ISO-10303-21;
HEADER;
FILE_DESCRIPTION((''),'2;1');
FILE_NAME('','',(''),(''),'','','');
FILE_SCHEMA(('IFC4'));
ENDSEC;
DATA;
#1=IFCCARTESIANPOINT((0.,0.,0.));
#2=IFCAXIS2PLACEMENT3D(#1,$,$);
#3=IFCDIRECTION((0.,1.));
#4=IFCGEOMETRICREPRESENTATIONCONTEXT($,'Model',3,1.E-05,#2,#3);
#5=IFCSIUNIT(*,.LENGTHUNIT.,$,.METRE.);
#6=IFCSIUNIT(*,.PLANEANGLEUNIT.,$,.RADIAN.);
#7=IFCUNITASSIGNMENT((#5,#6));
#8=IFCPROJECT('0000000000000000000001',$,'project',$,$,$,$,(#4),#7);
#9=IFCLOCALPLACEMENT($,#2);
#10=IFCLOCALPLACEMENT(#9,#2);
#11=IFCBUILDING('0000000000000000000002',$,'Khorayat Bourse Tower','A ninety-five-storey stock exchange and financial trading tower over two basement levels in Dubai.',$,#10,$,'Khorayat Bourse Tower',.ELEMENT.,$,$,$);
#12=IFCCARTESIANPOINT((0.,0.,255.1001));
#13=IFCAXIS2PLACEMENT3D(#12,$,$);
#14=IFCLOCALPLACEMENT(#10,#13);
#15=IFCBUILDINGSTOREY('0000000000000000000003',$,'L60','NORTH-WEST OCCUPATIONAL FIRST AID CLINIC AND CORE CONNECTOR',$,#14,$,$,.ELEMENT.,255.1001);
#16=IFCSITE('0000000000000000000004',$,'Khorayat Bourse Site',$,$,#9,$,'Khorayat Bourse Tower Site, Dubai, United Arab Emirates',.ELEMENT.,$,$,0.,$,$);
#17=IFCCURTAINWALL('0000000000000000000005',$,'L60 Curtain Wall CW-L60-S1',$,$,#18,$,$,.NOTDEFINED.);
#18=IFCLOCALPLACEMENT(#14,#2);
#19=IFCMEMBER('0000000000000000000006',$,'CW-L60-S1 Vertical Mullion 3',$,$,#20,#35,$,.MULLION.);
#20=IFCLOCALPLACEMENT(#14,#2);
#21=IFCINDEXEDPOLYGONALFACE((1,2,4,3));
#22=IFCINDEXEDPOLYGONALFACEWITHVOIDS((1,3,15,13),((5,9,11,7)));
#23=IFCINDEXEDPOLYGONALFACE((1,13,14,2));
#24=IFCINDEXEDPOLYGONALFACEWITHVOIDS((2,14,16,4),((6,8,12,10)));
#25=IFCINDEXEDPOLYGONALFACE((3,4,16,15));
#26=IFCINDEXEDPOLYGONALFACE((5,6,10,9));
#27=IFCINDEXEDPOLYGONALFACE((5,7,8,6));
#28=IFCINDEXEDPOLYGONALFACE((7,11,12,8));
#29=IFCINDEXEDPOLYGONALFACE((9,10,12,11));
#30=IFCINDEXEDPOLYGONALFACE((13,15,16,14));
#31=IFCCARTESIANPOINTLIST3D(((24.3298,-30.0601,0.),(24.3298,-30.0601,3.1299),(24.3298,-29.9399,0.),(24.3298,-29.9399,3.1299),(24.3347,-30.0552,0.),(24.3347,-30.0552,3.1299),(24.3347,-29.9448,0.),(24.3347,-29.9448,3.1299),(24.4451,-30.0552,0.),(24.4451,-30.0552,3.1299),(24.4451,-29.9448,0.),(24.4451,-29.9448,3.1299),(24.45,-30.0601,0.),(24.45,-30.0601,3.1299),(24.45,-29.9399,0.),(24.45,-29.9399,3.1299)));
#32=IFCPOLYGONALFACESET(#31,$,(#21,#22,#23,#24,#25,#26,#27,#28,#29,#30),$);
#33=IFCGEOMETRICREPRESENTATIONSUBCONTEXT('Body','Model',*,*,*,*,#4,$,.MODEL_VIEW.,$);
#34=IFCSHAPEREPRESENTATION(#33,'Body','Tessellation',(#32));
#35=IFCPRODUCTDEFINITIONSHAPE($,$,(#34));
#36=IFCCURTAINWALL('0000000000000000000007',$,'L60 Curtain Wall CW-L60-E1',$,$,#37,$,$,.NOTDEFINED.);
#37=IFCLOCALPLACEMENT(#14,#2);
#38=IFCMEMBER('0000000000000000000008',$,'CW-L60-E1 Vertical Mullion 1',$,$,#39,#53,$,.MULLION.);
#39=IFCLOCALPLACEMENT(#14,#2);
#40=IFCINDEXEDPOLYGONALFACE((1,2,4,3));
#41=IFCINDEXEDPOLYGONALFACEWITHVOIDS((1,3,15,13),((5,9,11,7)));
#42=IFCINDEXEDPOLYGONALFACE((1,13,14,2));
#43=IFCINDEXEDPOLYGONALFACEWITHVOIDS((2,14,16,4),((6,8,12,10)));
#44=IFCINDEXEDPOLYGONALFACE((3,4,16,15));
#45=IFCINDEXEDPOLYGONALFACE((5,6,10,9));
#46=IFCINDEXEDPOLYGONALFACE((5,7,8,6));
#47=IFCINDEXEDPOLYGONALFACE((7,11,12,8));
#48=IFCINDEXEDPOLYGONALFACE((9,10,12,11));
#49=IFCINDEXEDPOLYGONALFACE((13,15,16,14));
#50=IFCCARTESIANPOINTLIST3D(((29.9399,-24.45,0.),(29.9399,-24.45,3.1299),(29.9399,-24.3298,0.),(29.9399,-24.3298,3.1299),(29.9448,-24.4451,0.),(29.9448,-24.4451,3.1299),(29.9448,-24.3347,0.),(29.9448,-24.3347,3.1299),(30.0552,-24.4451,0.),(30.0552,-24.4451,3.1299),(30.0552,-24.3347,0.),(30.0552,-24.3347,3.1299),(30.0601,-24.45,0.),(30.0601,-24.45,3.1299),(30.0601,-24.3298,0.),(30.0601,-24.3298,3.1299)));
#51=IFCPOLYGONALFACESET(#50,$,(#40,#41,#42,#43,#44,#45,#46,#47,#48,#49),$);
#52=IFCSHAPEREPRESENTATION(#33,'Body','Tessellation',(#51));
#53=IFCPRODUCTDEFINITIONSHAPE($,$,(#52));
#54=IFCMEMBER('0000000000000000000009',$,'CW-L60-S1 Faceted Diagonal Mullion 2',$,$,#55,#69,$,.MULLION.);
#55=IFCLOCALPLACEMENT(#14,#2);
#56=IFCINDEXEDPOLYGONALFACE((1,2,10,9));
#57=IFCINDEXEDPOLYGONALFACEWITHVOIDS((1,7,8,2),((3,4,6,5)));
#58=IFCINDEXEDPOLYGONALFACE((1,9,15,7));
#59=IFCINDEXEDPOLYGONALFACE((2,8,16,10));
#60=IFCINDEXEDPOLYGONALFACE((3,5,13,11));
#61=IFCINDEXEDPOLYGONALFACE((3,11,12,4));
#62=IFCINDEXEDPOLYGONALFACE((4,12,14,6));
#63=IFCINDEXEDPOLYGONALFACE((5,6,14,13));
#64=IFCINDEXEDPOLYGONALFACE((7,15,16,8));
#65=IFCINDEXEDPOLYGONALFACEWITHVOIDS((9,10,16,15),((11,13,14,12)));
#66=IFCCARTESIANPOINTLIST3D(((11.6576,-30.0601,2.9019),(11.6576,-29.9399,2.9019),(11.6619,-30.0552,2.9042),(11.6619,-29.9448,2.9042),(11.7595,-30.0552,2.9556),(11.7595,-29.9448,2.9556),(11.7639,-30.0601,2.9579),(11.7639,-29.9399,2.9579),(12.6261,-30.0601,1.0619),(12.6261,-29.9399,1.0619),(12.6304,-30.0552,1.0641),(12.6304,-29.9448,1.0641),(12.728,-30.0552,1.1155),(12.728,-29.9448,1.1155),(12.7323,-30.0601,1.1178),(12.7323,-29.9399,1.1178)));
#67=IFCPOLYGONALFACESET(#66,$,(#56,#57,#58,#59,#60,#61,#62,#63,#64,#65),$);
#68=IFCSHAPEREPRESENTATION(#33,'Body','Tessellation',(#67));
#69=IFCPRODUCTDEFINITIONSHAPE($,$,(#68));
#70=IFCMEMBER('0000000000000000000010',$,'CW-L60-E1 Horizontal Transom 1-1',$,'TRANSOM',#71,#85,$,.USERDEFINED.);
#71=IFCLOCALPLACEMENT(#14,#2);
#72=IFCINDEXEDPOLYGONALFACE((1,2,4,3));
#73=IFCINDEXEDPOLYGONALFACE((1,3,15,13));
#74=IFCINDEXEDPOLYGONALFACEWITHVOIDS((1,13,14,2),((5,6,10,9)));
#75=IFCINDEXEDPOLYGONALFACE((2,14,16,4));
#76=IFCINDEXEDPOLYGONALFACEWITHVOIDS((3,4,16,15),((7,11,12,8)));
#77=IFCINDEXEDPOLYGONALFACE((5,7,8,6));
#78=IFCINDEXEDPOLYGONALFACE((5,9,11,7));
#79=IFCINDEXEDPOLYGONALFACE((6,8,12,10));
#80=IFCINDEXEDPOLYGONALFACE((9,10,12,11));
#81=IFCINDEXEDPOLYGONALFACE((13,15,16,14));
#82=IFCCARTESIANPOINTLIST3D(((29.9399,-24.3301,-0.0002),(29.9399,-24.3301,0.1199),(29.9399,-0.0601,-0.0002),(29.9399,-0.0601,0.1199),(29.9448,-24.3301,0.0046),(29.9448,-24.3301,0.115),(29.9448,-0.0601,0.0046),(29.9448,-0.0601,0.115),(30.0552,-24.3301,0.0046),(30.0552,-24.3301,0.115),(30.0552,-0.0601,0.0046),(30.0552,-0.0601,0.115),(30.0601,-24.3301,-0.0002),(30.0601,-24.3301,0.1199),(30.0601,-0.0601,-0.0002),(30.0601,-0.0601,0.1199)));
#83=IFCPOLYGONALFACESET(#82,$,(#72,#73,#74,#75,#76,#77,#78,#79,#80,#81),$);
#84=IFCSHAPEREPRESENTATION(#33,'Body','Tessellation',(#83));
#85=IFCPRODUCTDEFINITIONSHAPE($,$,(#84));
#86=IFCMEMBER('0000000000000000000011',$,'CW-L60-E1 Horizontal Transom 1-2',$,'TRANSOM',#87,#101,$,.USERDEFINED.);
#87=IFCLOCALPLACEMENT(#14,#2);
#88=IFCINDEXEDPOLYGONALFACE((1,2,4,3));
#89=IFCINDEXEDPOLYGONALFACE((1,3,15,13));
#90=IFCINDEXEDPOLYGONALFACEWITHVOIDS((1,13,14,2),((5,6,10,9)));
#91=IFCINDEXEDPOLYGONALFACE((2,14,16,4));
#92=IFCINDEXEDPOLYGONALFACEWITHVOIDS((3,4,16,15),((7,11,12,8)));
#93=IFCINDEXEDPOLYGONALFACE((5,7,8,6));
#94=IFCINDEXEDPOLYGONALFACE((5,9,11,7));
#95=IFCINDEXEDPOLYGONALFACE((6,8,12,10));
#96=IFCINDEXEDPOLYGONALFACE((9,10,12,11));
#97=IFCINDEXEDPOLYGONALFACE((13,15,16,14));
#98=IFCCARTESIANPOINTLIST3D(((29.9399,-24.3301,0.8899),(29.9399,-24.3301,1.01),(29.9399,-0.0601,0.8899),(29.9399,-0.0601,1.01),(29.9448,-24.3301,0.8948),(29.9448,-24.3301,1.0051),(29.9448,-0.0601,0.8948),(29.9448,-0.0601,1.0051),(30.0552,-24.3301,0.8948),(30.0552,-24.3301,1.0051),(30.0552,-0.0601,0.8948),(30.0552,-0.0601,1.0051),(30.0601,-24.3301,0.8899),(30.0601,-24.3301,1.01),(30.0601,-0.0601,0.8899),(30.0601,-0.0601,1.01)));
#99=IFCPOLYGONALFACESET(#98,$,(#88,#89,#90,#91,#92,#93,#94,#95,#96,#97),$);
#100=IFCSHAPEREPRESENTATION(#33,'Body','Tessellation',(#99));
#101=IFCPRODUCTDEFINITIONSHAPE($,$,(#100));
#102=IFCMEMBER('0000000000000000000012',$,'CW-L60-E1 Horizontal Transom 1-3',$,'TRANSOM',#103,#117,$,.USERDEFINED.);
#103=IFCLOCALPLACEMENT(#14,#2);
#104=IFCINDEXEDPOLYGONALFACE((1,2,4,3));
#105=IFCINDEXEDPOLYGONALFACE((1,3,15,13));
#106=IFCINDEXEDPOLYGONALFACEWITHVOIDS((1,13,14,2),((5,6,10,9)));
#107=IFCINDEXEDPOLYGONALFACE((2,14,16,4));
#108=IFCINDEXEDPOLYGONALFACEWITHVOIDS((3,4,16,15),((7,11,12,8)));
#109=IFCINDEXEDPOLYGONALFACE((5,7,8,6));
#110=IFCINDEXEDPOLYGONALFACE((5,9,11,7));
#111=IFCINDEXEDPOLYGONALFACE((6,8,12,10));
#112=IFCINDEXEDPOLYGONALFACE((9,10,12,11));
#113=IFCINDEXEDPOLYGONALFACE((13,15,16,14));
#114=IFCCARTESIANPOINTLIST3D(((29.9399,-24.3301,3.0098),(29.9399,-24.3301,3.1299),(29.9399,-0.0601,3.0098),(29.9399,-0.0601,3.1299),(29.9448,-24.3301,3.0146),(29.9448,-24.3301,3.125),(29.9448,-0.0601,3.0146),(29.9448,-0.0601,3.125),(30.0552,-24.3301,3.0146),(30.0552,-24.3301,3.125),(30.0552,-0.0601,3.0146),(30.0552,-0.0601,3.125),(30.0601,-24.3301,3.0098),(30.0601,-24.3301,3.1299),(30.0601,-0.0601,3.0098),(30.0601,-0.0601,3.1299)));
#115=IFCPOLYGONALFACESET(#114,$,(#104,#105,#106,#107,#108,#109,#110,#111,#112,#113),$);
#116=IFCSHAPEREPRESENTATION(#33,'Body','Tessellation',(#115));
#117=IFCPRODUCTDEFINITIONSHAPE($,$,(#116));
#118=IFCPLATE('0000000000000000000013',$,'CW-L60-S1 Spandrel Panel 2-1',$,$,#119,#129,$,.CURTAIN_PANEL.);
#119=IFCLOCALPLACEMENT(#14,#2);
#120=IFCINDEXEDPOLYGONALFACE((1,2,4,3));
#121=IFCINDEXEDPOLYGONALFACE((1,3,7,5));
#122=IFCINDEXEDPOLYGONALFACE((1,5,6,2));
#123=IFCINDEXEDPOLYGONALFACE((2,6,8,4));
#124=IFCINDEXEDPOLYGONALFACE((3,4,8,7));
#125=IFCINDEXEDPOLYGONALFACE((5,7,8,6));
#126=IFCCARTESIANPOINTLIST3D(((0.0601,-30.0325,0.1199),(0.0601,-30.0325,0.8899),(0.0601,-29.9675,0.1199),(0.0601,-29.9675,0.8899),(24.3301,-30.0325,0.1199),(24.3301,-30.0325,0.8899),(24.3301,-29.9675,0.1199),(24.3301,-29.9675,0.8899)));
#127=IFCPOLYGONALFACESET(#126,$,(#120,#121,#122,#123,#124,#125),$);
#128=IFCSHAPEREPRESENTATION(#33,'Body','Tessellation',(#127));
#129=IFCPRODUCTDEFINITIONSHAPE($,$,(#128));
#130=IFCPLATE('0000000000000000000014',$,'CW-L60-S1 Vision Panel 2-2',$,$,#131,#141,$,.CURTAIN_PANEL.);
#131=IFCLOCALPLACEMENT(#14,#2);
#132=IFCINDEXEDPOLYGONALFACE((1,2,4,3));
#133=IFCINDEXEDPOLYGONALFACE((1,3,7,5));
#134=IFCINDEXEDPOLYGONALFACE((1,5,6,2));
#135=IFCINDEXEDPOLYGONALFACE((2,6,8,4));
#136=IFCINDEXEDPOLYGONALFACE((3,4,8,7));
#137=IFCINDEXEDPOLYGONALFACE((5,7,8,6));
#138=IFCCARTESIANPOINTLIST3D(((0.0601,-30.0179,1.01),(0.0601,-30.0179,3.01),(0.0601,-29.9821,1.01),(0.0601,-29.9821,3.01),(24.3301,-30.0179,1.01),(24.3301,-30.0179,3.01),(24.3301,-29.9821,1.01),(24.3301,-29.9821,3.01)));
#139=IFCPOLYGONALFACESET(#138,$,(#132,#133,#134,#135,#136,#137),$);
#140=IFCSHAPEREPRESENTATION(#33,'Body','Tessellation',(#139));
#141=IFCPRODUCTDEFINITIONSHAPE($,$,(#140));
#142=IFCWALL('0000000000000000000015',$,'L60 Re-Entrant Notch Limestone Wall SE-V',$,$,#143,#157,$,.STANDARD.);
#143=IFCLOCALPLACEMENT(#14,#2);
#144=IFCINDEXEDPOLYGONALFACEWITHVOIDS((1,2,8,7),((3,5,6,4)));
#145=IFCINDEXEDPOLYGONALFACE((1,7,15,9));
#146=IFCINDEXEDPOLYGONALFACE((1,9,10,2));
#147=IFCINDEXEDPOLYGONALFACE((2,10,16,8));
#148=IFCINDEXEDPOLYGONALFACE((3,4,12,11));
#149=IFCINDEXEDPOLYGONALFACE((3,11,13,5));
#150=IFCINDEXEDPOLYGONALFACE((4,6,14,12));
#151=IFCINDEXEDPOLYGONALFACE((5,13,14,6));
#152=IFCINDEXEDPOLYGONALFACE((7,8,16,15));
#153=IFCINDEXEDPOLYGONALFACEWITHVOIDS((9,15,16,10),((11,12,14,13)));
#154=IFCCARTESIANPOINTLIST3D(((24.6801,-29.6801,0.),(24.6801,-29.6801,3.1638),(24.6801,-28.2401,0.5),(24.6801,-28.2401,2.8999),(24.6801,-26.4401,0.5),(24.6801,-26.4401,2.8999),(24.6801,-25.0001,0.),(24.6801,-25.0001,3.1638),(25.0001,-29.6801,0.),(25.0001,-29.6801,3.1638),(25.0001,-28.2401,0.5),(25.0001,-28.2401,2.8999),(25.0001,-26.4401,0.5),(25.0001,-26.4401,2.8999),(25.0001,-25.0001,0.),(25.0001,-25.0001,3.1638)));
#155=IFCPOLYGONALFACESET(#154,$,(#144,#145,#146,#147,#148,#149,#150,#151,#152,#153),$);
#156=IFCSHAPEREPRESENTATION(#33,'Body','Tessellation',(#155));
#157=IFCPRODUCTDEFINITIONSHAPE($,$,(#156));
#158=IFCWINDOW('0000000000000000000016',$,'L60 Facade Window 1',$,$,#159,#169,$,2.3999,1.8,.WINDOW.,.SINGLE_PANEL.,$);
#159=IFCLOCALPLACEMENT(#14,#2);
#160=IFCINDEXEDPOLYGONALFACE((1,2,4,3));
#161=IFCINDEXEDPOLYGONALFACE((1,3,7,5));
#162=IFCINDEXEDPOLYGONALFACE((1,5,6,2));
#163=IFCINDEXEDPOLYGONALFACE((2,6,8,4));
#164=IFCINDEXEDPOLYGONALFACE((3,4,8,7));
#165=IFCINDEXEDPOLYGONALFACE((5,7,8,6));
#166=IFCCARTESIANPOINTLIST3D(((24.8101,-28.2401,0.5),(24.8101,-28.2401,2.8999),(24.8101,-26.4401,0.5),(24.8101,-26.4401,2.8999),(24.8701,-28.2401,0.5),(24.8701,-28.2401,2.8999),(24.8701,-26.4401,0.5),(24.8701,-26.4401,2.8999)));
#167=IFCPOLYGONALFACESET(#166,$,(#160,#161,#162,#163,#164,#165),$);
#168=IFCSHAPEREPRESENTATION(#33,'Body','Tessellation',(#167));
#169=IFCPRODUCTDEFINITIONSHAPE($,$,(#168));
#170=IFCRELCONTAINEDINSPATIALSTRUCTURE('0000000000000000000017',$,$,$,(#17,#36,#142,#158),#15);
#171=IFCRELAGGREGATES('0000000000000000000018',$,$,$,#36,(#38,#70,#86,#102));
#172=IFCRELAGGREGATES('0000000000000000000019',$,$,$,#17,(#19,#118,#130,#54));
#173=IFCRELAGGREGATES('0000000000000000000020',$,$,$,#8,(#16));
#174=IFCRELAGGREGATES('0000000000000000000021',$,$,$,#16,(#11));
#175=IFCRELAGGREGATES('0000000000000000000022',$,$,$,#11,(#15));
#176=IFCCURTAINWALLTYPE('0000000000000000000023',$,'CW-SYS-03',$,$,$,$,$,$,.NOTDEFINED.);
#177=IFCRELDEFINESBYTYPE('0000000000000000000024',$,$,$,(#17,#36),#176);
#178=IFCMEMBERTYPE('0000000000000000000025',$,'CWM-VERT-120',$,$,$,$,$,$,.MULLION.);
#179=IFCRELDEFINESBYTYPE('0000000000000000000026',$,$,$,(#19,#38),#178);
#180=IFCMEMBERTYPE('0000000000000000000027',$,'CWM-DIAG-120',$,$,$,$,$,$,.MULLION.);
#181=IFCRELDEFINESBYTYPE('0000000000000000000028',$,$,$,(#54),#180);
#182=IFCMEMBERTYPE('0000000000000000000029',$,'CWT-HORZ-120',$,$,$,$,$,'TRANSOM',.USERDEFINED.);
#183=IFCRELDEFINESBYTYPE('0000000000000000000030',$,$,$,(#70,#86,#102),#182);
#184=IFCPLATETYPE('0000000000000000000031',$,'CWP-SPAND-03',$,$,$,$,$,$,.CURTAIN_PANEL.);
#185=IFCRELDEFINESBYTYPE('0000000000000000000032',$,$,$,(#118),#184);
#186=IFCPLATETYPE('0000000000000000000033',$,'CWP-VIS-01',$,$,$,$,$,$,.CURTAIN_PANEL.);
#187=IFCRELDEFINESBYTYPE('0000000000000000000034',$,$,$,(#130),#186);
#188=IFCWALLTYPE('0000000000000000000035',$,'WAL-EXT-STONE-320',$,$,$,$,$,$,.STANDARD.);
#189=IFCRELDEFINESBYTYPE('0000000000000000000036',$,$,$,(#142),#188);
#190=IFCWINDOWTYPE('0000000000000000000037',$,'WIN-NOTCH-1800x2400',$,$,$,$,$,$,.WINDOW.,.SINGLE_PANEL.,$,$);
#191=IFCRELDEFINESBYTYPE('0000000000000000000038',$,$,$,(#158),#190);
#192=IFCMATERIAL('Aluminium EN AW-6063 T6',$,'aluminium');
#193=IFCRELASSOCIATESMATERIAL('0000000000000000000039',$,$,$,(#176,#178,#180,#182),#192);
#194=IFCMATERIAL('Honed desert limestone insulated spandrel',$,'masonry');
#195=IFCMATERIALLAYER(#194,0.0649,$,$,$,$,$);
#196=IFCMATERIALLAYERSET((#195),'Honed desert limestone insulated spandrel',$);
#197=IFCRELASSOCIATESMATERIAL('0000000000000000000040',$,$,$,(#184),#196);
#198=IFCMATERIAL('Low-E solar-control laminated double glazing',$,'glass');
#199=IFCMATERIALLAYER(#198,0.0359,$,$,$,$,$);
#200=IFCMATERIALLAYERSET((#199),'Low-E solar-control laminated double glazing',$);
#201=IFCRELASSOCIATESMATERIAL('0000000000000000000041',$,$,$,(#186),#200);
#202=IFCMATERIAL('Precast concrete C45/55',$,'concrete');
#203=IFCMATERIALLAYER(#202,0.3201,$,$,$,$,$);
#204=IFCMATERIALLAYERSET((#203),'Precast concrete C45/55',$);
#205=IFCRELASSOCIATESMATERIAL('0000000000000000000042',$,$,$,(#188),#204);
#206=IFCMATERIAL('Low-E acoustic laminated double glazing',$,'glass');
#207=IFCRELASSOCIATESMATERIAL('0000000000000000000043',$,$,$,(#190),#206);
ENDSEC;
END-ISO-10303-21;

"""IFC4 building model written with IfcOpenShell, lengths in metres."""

from ifc_helpers import new_model, si_unit, direction, frame, frame_2d, origin, origin_2d, place, context, subcontext, project, spatial, rectangle, hollow_rectangle, extrude, source, transform, mapped, material, layer, layer_set, material_profile, profile_set, type_object, element, fill, aggregate, save


model = new_model("IFC4")

# Units and contexts
model_context = context("Model", 3, precision=1e-05, world=origin(), true_north=direction((0.0, 1.0)))
body_context = subcontext(model_context, "Body", "Model", "MODEL_VIEW")
ifc_project = project(units=[si_unit("LENGTHUNIT", "METRE"), si_unit("PLANEANGLEUNIT", "RADIAN")], contexts=[model_context])

# Site, building, storey
site_placement = place(None, origin())
site = spatial("IfcSite", under=ifc_project, at=site_placement, Name="Khorayat Bourse Site", LongName="Khorayat Bourse Tower Site, Dubai, United Arab Emirates", CompositionType="ELEMENT", RefElevation=0.0)
building_placement = place(site_placement, origin())
building = spatial("IfcBuilding", under=site, at=building_placement, Name="Khorayat Bourse Tower", Description="A ninety-five-storey stock exchange and financial trading tower over two basement levels in Dubai.", LongName="Khorayat Bourse Tower", CompositionType="ELEMENT")
storey_placement = place(building_placement, frame((0.0, 0.0, 255.1001)))
storey = spatial("IfcBuildingStorey", under=building, at=storey_placement, Name="L60", Description="NORTH-WEST OCCUPATIONAL FIRST AID CLINIC AND CORE CONNECTOR", CompositionType="ELEMENT", Elevation=255.1001)

# Curtain walls, members
ifc_material_1 = material(Name="Aluminium EN AW-6063 T6", Category="aluminium")
curtain_wall_type = type_object("IfcCurtainWallType", Name="CW-SYS-03", PredefinedType="NOTDEFINED", material=ifc_material_1)
curtain_wall_1_placement = place(storey_placement, origin())
curtain_wall_1 = element("IfcCurtainWall", 1, at=curtain_wall_1_placement, inside=storey, type_object=curtain_wall_type, Name="L60 Curtain Wall CW-L60-S1", PredefinedType="NOTDEFINED")
ifc_material_profile_1 = material_profile(ifc_material_1, hollow_rectangle(XDim=0.1201, YDim=0.1201, WallThickness=0.0049, at=origin_2d()), Name="ALU 120x120x5")
ifc_profile_set_1 = profile_set([ifc_material_profile_1], Name="Aluminium EN AW-6063 T6")
member_type_1 = type_object("IfcMemberType", Name="CWM-VERT-120", PredefinedType="MULLION", material=ifc_profile_set_1)
shared_shape_1 = source(origin(), body_context, "Body", "SweptSolid", [
    extrude(hollow_rectangle(XDim=0.1201, YDim=0.1201, WallThickness=0.0049, at=origin_2d()), origin(), (0.0, 0.0, 1.0), 3.1299),
])
member_1_placement = place(storey_placement, frame((24.3899, -30.0, 0.0), z_axis=(0.0, 0.0, 1.0), x_axis=(0.0, 1.0, 0.0)))
member_1 = element("IfcMember", 2, at=member_1_placement, type_object=member_type_1, Name="CW-L60-S1 Vertical Mullion 3", PredefinedType="MULLION", context=body_context, shape_type="MappedRepresentation", body=[
    mapped(shared_shape_1, transform((0.0, 0.0, 0.0), scale=1.0)),
])
curtain_wall_2_placement = place(storey_placement, origin())
curtain_wall_2 = element("IfcCurtainWall", 3, at=curtain_wall_2_placement, inside=storey, type_object=curtain_wall_type, Name="L60 Curtain Wall CW-L60-E1", PredefinedType="NOTDEFINED")
member_2_placement = place(storey_placement, frame((30.0, -24.3899, 0.0), z_axis=(0.0, 0.0, 1.0), x_axis=(-1.0, 0.0, 0.0)))
member_2 = element("IfcMember", 4, at=member_2_placement, type_object=member_type_1, Name="CW-L60-E1 Vertical Mullion 1", PredefinedType="MULLION", context=body_context, shape_type="MappedRepresentation", body=[
    mapped(shared_shape_1, transform((0.0, 0.0, 0.0), scale=1.0)),
])

# Members
ifc_material_profile_2 = material_profile(ifc_material_1, hollow_rectangle(XDim=0.1201, YDim=0.1201, WallThickness=0.0049, at=origin_2d()), Name="ALU 120x120x5")
ifc_profile_set_2 = profile_set([ifc_material_profile_2], Name="Aluminium EN AW-6063 T6")
member_type_2 = type_object("IfcMemberType", Name="CWM-DIAG-120", PredefinedType="MULLION", material=ifc_profile_set_2)
shared_shape_2 = source(origin(), body_context, "Body", "SweptSolid", [
    extrude(hollow_rectangle(XDim=0.1201, YDim=0.1201, WallThickness=0.0049, at=origin_2d()), origin(), (0.0, 0.0, 1.0), 2.0793),
])
member_3_placement = place(storey_placement, frame((12.6792, -30.0, 1.0898), z_axis=(-0.465761, 0.0, 0.884911), x_axis=(0.0, -1.0, 0.0)))
member_3 = element("IfcMember", 5, at=member_3_placement, type_object=member_type_2, Name="CW-L60-S1 Faceted Diagonal Mullion 2", PredefinedType="MULLION", context=body_context, shape_type="MappedRepresentation", body=[
    mapped(shared_shape_2, transform((0.0, 0.0, 0.0), scale=1.0)),
])
ifc_material_profile_3 = material_profile(ifc_material_1, hollow_rectangle(XDim=0.1201, YDim=0.1201, WallThickness=0.0049, at=origin_2d()), Name="ALU 120x120x5")
ifc_profile_set_3 = profile_set([ifc_material_profile_3], Name="Aluminium EN AW-6063 T6")
member_type_3 = type_object("IfcMemberType", Name="CWT-HORZ-120", ElementType="TRANSOM", PredefinedType="USERDEFINED", material=ifc_profile_set_3)
shared_shape_3 = source(origin(), body_context, "Body", "SweptSolid", [
    extrude(hollow_rectangle(XDim=0.1201, YDim=0.1201, WallThickness=0.0049, at=origin_2d()), origin(), (0.0, 0.0, 1.0), 24.27),
])
member_4_placement = place(storey_placement, frame((30.0, -24.3301, 0.0598), z_axis=(0.0, 1.0, 0.0), x_axis=(-1.0, 0.0, 0.0)))
member_4 = element("IfcMember", 6, at=member_4_placement, type_object=member_type_3, Name="CW-L60-E1 Horizontal Transom 1-1", ObjectType="TRANSOM", PredefinedType="USERDEFINED", context=body_context, shape_type="MappedRepresentation", body=[
    mapped(shared_shape_3, transform((0.0, 0.0, 0.0), scale=1.0)),
])
member_5_placement = place(storey_placement, frame((30.0, -24.3301, 0.95), z_axis=(0.0, 1.0, 0.0), x_axis=(-1.0, 0.0, 0.0)))
member_5 = element("IfcMember", 7, at=member_5_placement, type_object=member_type_3, Name="CW-L60-E1 Horizontal Transom 1-2", ObjectType="TRANSOM", PredefinedType="USERDEFINED", context=body_context, shape_type="MappedRepresentation", body=[
    mapped(shared_shape_3, transform((0.0, 0.0, 0.0), scale=1.0)),
])
member_6_placement = place(storey_placement, frame((30.0, -24.3301, 3.0698), z_axis=(0.0, 1.0, 0.0), x_axis=(-1.0, 0.0, 0.0)))
member_6 = element("IfcMember", 8, at=member_6_placement, type_object=member_type_3, Name="CW-L60-E1 Horizontal Transom 1-3", ObjectType="TRANSOM", PredefinedType="USERDEFINED", context=body_context, shape_type="MappedRepresentation", body=[
    mapped(shared_shape_3, transform((0.0, 0.0, 0.0), scale=1.0)),
])
aggregate(curtain_wall_2, [member_2, member_4, member_5, member_6])

# Plates
ifc_material_2 = material(Name="Honed desert limestone insulated spandrel", Category="masonry")
ifc_layer_1 = layer(ifc_material_2, 0.0649)
ifc_layer_set_1 = layer_set([ifc_layer_1], Name="Honed desert limestone insulated spandrel")
plate_type_1 = type_object("IfcPlateType", Name="CWP-SPAND-03", PredefinedType="CURTAIN_PANEL", material=ifc_layer_set_1)
shared_shape_4 = source(origin(), body_context, "Body", "SweptSolid", [
    extrude(rectangle(XDim=24.27, YDim=0.0649, at=origin_2d()), origin(), (0.0, 0.0, 1.0), 0.77),
])
plate_1_placement = place(storey_placement, frame((12.1951, -30.0, 0.1199), z_axis=(0.0, 0.0, 1.0), x_axis=(1.0, 0.0, 0.0)))
plate_1 = element("IfcPlate", 9, at=plate_1_placement, type_object=plate_type_1, Name="CW-L60-S1 Spandrel Panel 2-1", PredefinedType="CURTAIN_PANEL", context=body_context, shape_type="MappedRepresentation", body=[
    mapped(shared_shape_4, transform((0.0, 0.0, 0.0), scale=1.0)),
])
ifc_material_3 = material(Name="Low-E solar-control laminated double glazing", Category="glass")
ifc_layer_2 = layer(ifc_material_3, 0.0359)
ifc_layer_set_2 = layer_set([ifc_layer_2], Name="Low-E solar-control laminated double glazing")
plate_type_2 = type_object("IfcPlateType", Name="CWP-VIS-01", PredefinedType="CURTAIN_PANEL", material=ifc_layer_set_2)
shared_shape_5 = source(origin(), body_context, "Body", "SweptSolid", [
    extrude(rectangle(XDim=24.27, YDim=0.0359, at=origin_2d()), origin(), (0.0, 0.0, 1.0), 2.0),
])
plate_2_placement = place(storey_placement, frame((12.1951, -30.0, 1.01), z_axis=(0.0, 0.0, 1.0), x_axis=(1.0, 0.0, 0.0)))
plate_2 = element("IfcPlate", 10, at=plate_2_placement, type_object=plate_type_2, Name="CW-L60-S1 Vision Panel 2-2", PredefinedType="CURTAIN_PANEL", context=body_context, shape_type="MappedRepresentation", body=[
    mapped(shared_shape_5, transform((0.0, 0.0, 0.0), scale=1.0)),
])
aggregate(curtain_wall_1, [member_1, plate_1, plate_2, member_3])

# Wall, opening, window
ifc_material_4 = material(Name="Precast concrete C45/55", Category="concrete")
ifc_layer_3 = layer(ifc_material_4, 0.3201)
ifc_layer_set_3 = layer_set([ifc_layer_3], Name="Precast concrete C45/55")
wall_type_1 = type_object("IfcWallType", Name="WAL-EXT-STONE-320", PredefinedType="STANDARD", material=ifc_layer_set_3)
shared_shape_6 = source(origin(), body_context, "Body", "SweptSolid", [
    extrude(rectangle(XDim=4.6799, YDim=0.3201, at=frame_2d((2.3398, 0.0))), origin(), (0.0, 0.0, 1.0), 3.1638),
])
wall_1_placement = place(storey_placement, frame((24.8401, -29.6799, 0.0), z_axis=(0.0, 0.0, 1.0), x_axis=(0.0, 1.0, 0.0)))
wall_1 = element("IfcWall", 11, at=wall_1_placement, inside=storey, type_object=wall_type_1, Name="L60 Re-Entrant Notch Limestone Wall SE-V", PredefinedType="STANDARD", context=body_context, shape_type="MappedRepresentation", body=[
    mapped(shared_shape_6, transform((0.0, 0.0, 0.0), scale=1.0)),
])
shared_shape_7 = source(origin(), body_context, "Body", "SweptSolid", [
    extrude(rectangle(XDim=1.8, YDim=2.3999, at=frame_2d((0.8999, 1.2))), frame((0.0, 0.1699, 0.0), z_axis=(0.0, -1.0, 0.0), x_axis=(1.0, 0.0, 0.0)), (0.0, 0.0, 1.0), 0.3401),
])
opening_1_placement = place(wall_1_placement, frame((1.4399, 0.0, 0.5)))
opening_1 = element("IfcOpeningElement", 12, at=opening_1_placement, cuts=wall_1, PredefinedType="OPENING", context=body_context, shape_type="MappedRepresentation", body=[
    mapped(shared_shape_7, transform((0.0, 0.0, 0.0), scale=1.0)),
])
ifc_material_5 = material(Name="Low-E acoustic laminated double glazing", Category="glass")
window_type = type_object("IfcWindowType", Name="WIN-NOTCH-1800x2400", PartitioningType="SINGLE_PANEL", PredefinedType="WINDOW", material=ifc_material_5)
shared_shape_8 = source(origin(), body_context, "Body", "SweptSolid", [
    extrude(rectangle(XDim=1.8, YDim=2.3999, at=frame_2d((0.8999, 1.2))), frame((0.0, 0.03, 0.0), z_axis=(0.0, -1.0, 0.0), x_axis=(1.0, 0.0, 0.0)), (0.0, 0.0, 1.0), 0.0601),
])
window_1_placement = place(opening_1_placement, origin())
window_1 = element("IfcWindow", 13, at=window_1_placement, inside=storey, type_object=window_type, Name="L60 Facade Window 1", OverallHeight=2.3999, OverallWidth=1.8, PartitioningType="SINGLE_PANEL", PredefinedType="WINDOW", context=body_context, shape_type="MappedRepresentation", body=[
    mapped(shared_shape_8, transform((0.0, 0.0, 0.0), scale=1.0)),
])
fill(opening_1, window_1)

save(model, "model.ifc")
